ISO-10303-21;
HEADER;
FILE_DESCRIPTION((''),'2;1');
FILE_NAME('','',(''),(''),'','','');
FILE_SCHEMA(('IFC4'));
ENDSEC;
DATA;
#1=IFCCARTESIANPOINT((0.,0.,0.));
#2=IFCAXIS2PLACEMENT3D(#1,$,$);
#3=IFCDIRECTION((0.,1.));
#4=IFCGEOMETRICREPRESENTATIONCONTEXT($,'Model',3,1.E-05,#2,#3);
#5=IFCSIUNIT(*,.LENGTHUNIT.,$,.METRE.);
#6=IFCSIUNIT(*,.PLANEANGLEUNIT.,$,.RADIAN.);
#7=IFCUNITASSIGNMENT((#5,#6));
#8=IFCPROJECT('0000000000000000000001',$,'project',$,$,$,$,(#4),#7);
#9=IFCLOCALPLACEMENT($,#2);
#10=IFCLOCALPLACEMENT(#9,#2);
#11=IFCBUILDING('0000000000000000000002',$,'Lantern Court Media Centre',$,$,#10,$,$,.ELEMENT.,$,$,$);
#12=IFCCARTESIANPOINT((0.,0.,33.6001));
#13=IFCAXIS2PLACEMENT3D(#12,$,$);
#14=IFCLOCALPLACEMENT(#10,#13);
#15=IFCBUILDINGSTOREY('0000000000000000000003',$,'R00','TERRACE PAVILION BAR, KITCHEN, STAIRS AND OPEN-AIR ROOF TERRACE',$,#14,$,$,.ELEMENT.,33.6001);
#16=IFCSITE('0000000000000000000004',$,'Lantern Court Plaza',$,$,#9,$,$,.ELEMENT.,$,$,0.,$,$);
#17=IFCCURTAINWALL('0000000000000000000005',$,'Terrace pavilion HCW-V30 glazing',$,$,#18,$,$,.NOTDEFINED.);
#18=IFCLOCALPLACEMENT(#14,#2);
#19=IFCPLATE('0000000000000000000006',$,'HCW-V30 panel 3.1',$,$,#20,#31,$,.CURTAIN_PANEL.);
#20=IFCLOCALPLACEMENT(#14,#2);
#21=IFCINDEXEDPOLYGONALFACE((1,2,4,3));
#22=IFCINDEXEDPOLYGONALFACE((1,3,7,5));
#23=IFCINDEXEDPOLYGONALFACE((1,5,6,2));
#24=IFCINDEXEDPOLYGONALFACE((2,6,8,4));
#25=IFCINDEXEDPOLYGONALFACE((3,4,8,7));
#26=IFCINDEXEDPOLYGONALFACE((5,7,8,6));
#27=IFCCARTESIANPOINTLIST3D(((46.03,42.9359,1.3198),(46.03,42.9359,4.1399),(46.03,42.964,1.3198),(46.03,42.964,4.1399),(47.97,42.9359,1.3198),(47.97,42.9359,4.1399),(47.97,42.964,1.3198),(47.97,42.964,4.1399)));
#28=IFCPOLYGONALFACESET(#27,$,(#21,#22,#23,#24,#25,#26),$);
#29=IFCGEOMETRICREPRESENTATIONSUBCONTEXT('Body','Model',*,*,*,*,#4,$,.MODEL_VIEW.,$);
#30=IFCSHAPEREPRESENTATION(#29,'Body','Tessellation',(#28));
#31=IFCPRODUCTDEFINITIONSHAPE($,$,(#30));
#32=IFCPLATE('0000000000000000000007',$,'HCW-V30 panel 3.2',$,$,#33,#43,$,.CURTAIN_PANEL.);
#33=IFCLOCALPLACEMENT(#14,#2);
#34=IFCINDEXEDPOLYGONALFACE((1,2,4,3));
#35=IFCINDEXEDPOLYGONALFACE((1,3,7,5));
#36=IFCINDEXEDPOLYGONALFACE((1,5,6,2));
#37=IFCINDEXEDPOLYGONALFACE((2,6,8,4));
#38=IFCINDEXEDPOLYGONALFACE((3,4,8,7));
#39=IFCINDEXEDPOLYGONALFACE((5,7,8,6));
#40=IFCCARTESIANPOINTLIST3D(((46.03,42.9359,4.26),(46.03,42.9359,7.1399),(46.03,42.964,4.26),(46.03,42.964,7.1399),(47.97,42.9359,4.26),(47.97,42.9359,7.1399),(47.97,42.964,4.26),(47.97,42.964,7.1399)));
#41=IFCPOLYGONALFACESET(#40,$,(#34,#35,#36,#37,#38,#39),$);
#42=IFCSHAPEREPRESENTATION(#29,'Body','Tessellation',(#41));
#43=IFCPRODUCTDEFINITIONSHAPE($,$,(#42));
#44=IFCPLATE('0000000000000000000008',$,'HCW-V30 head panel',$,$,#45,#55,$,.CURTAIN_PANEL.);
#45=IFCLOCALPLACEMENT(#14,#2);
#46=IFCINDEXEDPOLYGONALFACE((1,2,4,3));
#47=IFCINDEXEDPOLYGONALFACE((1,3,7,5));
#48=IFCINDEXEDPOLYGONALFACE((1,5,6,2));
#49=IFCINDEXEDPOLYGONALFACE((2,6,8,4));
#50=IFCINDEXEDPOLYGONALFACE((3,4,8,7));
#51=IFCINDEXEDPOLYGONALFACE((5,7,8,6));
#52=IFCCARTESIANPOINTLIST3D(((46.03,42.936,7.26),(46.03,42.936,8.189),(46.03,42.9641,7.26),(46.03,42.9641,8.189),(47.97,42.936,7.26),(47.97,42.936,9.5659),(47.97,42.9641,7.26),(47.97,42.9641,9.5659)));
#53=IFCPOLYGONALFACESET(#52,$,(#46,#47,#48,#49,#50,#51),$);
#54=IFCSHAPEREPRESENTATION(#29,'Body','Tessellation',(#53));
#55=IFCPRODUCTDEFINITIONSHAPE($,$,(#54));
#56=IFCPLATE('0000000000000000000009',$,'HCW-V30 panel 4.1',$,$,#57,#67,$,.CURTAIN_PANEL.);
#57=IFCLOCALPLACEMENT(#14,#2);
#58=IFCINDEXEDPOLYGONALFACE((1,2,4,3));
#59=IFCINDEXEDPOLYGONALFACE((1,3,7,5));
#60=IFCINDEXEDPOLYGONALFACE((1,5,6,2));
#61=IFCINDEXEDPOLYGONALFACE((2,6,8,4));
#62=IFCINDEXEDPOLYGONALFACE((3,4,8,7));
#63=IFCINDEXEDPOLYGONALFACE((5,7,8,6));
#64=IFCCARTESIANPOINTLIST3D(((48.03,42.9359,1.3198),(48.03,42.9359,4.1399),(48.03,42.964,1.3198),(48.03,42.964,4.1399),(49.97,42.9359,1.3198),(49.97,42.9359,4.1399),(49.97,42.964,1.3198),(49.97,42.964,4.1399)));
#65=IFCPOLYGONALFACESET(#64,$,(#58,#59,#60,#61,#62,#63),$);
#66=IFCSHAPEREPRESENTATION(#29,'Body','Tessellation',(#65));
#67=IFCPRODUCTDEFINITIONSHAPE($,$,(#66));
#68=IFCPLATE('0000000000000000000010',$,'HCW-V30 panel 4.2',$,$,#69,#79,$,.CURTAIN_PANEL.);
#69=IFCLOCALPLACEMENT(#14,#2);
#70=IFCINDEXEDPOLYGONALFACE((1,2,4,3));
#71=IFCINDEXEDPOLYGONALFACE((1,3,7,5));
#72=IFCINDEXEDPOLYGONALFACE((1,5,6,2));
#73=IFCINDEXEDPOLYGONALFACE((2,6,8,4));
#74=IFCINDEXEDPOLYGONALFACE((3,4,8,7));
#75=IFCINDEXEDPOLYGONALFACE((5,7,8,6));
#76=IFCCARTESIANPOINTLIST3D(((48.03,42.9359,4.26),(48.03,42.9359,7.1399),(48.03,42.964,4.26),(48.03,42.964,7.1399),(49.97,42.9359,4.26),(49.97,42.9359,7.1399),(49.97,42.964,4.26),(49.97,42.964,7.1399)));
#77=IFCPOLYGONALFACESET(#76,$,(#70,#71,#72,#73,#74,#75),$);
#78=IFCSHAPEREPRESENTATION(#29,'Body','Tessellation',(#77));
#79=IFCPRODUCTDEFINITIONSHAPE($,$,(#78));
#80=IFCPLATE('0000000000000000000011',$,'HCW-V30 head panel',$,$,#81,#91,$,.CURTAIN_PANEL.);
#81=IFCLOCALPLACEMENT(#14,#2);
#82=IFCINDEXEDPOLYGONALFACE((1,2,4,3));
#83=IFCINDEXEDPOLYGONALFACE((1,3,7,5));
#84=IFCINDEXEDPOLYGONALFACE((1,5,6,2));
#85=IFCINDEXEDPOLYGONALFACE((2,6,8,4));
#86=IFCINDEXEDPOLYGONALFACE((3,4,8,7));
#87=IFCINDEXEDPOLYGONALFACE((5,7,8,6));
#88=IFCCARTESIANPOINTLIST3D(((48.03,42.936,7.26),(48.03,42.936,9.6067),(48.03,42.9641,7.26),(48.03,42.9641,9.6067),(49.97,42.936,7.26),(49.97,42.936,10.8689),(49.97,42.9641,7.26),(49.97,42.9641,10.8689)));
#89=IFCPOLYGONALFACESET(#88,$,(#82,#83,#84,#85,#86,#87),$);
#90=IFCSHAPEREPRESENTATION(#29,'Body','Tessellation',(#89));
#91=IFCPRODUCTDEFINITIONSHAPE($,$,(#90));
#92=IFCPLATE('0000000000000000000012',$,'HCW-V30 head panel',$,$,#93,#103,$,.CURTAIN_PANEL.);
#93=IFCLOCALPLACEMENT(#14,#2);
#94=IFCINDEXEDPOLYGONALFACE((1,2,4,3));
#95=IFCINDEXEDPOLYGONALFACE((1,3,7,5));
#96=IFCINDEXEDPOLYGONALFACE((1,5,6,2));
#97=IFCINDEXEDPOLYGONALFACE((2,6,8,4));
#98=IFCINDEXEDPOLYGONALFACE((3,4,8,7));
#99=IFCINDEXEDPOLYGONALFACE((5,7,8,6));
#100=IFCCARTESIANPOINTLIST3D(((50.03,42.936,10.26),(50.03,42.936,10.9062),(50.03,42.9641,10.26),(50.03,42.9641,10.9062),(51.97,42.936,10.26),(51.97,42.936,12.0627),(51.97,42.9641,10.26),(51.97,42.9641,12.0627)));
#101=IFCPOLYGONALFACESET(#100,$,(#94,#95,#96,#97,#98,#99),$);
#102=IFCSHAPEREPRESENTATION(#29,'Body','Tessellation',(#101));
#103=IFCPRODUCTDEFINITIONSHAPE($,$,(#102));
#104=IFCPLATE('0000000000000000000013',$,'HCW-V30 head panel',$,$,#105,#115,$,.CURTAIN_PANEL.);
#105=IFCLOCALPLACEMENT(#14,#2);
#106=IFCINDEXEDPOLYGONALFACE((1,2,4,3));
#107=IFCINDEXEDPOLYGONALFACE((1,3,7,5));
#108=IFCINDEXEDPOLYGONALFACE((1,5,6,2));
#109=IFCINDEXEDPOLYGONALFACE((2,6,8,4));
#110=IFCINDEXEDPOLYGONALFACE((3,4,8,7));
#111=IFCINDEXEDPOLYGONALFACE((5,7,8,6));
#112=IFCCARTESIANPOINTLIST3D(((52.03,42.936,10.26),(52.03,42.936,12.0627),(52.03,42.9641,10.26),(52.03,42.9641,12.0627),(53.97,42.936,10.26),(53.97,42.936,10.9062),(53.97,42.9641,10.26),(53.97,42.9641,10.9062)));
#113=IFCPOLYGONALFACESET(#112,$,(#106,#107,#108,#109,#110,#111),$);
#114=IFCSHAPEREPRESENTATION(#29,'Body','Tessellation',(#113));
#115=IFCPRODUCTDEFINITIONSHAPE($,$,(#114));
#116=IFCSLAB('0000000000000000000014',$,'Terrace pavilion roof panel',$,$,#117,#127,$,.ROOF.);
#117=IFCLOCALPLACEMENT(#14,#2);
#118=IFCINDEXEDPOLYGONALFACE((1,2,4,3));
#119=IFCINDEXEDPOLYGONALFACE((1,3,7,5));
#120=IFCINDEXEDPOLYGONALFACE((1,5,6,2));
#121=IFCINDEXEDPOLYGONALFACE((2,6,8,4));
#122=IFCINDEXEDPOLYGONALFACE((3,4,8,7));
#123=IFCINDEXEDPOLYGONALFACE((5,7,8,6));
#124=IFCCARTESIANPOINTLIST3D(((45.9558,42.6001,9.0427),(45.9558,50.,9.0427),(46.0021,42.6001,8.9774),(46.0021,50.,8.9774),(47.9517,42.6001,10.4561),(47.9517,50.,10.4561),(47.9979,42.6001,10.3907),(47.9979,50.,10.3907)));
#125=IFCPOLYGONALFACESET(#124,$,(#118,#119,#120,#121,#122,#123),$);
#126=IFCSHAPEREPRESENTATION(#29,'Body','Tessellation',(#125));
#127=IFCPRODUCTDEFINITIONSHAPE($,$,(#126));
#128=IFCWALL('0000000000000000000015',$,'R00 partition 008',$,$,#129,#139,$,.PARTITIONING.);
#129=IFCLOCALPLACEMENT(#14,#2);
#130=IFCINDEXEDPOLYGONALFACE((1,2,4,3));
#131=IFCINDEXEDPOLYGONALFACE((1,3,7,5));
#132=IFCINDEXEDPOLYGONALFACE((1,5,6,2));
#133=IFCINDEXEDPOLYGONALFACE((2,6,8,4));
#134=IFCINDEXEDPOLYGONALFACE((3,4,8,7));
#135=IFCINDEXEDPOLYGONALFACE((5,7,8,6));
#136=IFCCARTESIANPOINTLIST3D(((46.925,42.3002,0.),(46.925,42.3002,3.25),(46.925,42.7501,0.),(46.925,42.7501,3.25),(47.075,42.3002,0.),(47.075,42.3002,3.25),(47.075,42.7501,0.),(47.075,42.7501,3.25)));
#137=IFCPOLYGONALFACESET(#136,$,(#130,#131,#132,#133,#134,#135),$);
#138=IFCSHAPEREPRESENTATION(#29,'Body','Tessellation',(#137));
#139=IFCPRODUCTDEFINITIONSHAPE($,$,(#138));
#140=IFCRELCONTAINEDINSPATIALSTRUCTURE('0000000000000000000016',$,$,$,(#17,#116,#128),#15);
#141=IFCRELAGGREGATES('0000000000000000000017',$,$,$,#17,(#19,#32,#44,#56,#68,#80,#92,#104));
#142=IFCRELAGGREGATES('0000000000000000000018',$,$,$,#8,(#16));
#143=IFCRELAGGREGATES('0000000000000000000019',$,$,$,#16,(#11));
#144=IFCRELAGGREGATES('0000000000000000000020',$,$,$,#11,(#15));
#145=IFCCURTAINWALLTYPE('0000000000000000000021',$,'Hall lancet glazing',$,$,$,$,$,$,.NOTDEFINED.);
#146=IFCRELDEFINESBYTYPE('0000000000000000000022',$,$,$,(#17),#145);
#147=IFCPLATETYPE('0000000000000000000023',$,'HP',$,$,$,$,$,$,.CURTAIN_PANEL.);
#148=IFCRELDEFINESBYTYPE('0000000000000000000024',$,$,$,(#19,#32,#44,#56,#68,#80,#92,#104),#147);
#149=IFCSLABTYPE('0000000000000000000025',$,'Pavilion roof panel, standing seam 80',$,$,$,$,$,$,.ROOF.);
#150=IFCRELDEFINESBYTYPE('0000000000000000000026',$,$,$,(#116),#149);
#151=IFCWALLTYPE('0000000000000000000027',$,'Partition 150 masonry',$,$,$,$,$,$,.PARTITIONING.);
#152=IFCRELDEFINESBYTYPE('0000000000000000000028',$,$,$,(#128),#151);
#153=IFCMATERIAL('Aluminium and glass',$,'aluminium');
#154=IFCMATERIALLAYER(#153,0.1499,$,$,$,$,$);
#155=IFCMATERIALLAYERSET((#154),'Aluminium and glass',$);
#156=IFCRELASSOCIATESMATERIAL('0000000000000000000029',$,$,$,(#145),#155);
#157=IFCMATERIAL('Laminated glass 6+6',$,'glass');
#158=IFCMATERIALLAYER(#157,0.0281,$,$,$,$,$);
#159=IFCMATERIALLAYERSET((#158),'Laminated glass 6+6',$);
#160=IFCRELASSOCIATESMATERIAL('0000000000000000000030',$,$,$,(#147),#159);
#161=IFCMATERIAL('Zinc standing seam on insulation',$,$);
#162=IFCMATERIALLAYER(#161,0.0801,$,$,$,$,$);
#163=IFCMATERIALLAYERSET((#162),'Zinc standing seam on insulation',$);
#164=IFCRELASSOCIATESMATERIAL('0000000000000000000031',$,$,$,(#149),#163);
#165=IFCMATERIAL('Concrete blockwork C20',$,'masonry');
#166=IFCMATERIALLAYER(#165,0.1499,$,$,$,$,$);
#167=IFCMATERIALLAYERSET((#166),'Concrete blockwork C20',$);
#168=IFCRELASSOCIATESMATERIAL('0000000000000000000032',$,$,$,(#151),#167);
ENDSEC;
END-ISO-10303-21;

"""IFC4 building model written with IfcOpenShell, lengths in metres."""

from ifc_helpers import new_model, si_unit, direction, frame, frame_2d, origin, origin_2d, place, context, subcontext, project, spatial, polyline, rectangle, outline, extrude, material, layer, layer_set, type_object, element, aggregate, save


model = new_model("IFC4")

# Units and contexts
model_context = context("Model", 3, precision=1e-05, world=origin(), true_north=direction((0.0, 1.0)))
body_context = subcontext(model_context, "Body", "Model", "MODEL_VIEW")
ifc_project = project(units=[si_unit("LENGTHUNIT", "METRE"), si_unit("PLANEANGLEUNIT", "RADIAN")], contexts=[model_context])

# Site, building, storey
site_placement = place(None, origin())
site = spatial("IfcSite", under=ifc_project, at=site_placement, Name="Lantern Court Plaza", CompositionType="ELEMENT", RefElevation=0.0)
building_placement = place(site_placement, origin())
building = spatial("IfcBuilding", under=site, at=building_placement, Name="Lantern Court Media Centre", CompositionType="ELEMENT")
storey_placement = place(building_placement, frame((0.0, 0.0, 33.6001)))
storey = spatial("IfcBuildingStorey", under=building, at=storey_placement, Name="R00", Description="TERRACE PAVILION BAR, KITCHEN, STAIRS AND OPEN-AIR ROOF TERRACE", CompositionType="ELEMENT", Elevation=33.6001)

# Curtain wall
ifc_material_1 = material(Name="Aluminium and glass", Category="aluminium")
ifc_layer_1 = layer(ifc_material_1, 0.1499)
ifc_layer_set_1 = layer_set([ifc_layer_1], Name="Aluminium and glass")
curtain_wall_type = type_object("IfcCurtainWallType", Name="Hall lancet glazing", PredefinedType="NOTDEFINED", material=ifc_layer_set_1)
curtain_wall_placement = place(storey_placement, origin())
curtain_wall = element("IfcCurtainWall", 1, at=curtain_wall_placement, inside=storey, type_object=curtain_wall_type, Name="Terrace pavilion HCW-V30 glazing", PredefinedType="NOTDEFINED")

# Plates
ifc_material_2 = material(Name="Laminated glass 6+6", Category="glass")
ifc_layer_2 = layer(ifc_material_2, 0.0281)
ifc_layer_set_2 = layer_set([ifc_layer_2], Name="Laminated glass 6+6")
plate_type = type_object("IfcPlateType", Name="HP", PredefinedType="CURTAIN_PANEL", material=ifc_layer_set_2)
plate_1_placement = place(storey_placement, frame((47.0, 42.95, 1.3198), z_axis=(0.0, 0.0, 1.0), x_axis=(1.0, 0.0, 0.0)))
plate_1 = element("IfcPlate", 2, at=plate_1_placement, type_object=plate_type, Name="HCW-V30 panel 3.1", PredefinedType="CURTAIN_PANEL", context=body_context, shape_type="SweptSolid", body=[
    extrude(rectangle(XDim=1.9399, YDim=0.0281, at=origin_2d()), origin(), (0.0, 0.0, 1.0), 2.8201),
])
plate_2_placement = place(storey_placement, frame((47.0, 42.95, 4.26), z_axis=(0.0, 0.0, 1.0), x_axis=(1.0, 0.0, 0.0)))
plate_2 = element("IfcPlate", 3, at=plate_2_placement, type_object=plate_type, Name="HCW-V30 panel 3.2", PredefinedType="CURTAIN_PANEL", context=body_context, shape_type="SweptSolid", body=[
    extrude(rectangle(XDim=1.9399, YDim=0.0281, at=origin_2d()), origin(), (0.0, 0.0, 1.0), 2.8799),
])
plate_3_placement = place(storey_placement, frame((46.03, 42.936, 7.26), z_axis=(0.0, -1.0, 0.0), x_axis=(1.0, 0.0, 0.0)))
plate_3 = element("IfcPlate", 4, at=plate_3_placement, type_object=plate_type, Name="HCW-V30 head panel", PredefinedType="CURTAIN_PANEL", context=body_context, shape_type="SweptSolid", body=[
    extrude(outline(polyline([(0.0, 0.0), (1.9399, 0.0), (1.9399, 2.3059), (0.0, 0.929), (0.0, 0.0)])), origin(), (0.0, 0.0, -1.0), 0.0281),
])
plate_4_placement = place(storey_placement, frame((49.0, 42.95, 1.3198), z_axis=(0.0, 0.0, 1.0), x_axis=(1.0, 0.0, 0.0)))
plate_4 = element("IfcPlate", 5, at=plate_4_placement, type_object=plate_type, Name="HCW-V30 panel 4.1", PredefinedType="CURTAIN_PANEL", context=body_context, shape_type="SweptSolid", body=[
    extrude(rectangle(XDim=1.9399, YDim=0.0281, at=origin_2d()), origin(), (0.0, 0.0, 1.0), 2.8201),
])
plate_5_placement = place(storey_placement, frame((49.0, 42.95, 4.26), z_axis=(0.0, 0.0, 1.0), x_axis=(1.0, 0.0, 0.0)))
plate_5 = element("IfcPlate", 6, at=plate_5_placement, type_object=plate_type, Name="HCW-V30 panel 4.2", PredefinedType="CURTAIN_PANEL", context=body_context, shape_type="SweptSolid", body=[
    extrude(rectangle(XDim=1.9399, YDim=0.0281, at=origin_2d()), origin(), (0.0, 0.0, 1.0), 2.8799),
])
plate_6_placement = place(storey_placement, frame((48.03, 42.936, 7.26), z_axis=(0.0, -1.0, 0.0), x_axis=(1.0, 0.0, 0.0)))
plate_6 = element("IfcPlate", 7, at=plate_6_placement, type_object=plate_type, Name="HCW-V30 head panel", PredefinedType="CURTAIN_PANEL", context=body_context, shape_type="SweptSolid", body=[
    extrude(outline(polyline([(0.0, 0.0), (1.9399, 0.0), (1.9399, 3.6089), (0.0, 2.3467), (0.0, 0.0)])), origin(), (0.0, 0.0, -1.0), 0.0281),
])
plate_7_placement = place(storey_placement, frame((50.03, 42.936, 10.26), z_axis=(0.0, -1.0, 0.0), x_axis=(1.0, 0.0, 0.0)))
plate_7 = element("IfcPlate", 8, at=plate_7_placement, type_object=plate_type, Name="HCW-V30 head panel", PredefinedType="CURTAIN_PANEL", context=body_context, shape_type="SweptSolid", body=[
    extrude(outline(polyline([(0.0, 0.0), (1.9399, 0.0), (1.9399, 1.8027), (0.0, 0.6462), (0.0, 0.0)])), origin(), (0.0, 0.0, -1.0), 0.0281),
])
plate_8_placement = place(storey_placement, frame((52.03, 42.936, 10.26), z_axis=(0.0, -1.0, 0.0), x_axis=(1.0, 0.0, 0.0)))
plate_8 = element("IfcPlate", 9, at=plate_8_placement, type_object=plate_type, Name="HCW-V30 head panel", PredefinedType="CURTAIN_PANEL", context=body_context, shape_type="SweptSolid", body=[
    extrude(outline(polyline([(0.0, 0.0), (1.9399, 0.0), (1.9399, 0.6462), (0.0, 1.8027), (0.0, 0.0)])), origin(), (0.0, 0.0, -1.0), 0.0281),
])
aggregate(curtain_wall, [plate_1, plate_2, plate_3, plate_4, plate_5, plate_6, plate_7, plate_8])

# Slab
ifc_material_3 = material(Name="Zinc standing seam on insulation")
ifc_layer_3 = layer(ifc_material_3, 0.0801)
ifc_layer_set_3 = layer_set([ifc_layer_3], Name="Zinc standing seam on insulation")
slab_type = type_object("IfcSlabType", Name="Pavilion roof panel, standing seam 80", PredefinedType="ROOF", material=ifc_layer_set_3)
slab_placement = place(storey_placement, frame((45.9558, 42.6001, 9.0427), z_axis=(-0.577909, 0.0, 0.816101), x_axis=(0.816101, 0.0, 0.577909)))
element("IfcSlab", 10, at=slab_placement, inside=storey, type_object=slab_type, Name="Terrace pavilion roof panel", PredefinedType="ROOF", context=body_context, shape_type="SweptSolid", body=[
    extrude(outline(polyline([(0.0, 0.0), (2.4456, 0.0), (2.4456, 7.3999), (0.0, 7.3999), (0.0, 0.0)])), origin(), (0.0, 0.0, -1.0), 0.0801),
])

# Wall
ifc_material_4 = material(Name="Concrete blockwork C20", Category="masonry")
ifc_layer_4 = layer(ifc_material_4, 0.1499)
ifc_layer_set_4 = layer_set([ifc_layer_4], Name="Concrete blockwork C20")
wall_type = type_object("IfcWallType", Name="Partition 150 masonry", PredefinedType="PARTITIONING", material=ifc_layer_set_4)
wall_placement = place(storey_placement, frame((47.0, 42.3, 0.0), z_axis=(0.0, 0.0, 1.0), x_axis=(0.0, 1.0, 0.0)))
element("IfcWall", 11, at=wall_placement, inside=storey, type_object=wall_type, Name="R00 partition 008", PredefinedType="PARTITIONING", context=body_context, shape_type="SweptSolid", body=[
    extrude(rectangle(XDim=0.45, YDim=0.1499, at=frame_2d((0.2251, 0.0))), origin(), (0.0, 0.0, 1.0), 3.25),
])

save(model, "model.ifc")
